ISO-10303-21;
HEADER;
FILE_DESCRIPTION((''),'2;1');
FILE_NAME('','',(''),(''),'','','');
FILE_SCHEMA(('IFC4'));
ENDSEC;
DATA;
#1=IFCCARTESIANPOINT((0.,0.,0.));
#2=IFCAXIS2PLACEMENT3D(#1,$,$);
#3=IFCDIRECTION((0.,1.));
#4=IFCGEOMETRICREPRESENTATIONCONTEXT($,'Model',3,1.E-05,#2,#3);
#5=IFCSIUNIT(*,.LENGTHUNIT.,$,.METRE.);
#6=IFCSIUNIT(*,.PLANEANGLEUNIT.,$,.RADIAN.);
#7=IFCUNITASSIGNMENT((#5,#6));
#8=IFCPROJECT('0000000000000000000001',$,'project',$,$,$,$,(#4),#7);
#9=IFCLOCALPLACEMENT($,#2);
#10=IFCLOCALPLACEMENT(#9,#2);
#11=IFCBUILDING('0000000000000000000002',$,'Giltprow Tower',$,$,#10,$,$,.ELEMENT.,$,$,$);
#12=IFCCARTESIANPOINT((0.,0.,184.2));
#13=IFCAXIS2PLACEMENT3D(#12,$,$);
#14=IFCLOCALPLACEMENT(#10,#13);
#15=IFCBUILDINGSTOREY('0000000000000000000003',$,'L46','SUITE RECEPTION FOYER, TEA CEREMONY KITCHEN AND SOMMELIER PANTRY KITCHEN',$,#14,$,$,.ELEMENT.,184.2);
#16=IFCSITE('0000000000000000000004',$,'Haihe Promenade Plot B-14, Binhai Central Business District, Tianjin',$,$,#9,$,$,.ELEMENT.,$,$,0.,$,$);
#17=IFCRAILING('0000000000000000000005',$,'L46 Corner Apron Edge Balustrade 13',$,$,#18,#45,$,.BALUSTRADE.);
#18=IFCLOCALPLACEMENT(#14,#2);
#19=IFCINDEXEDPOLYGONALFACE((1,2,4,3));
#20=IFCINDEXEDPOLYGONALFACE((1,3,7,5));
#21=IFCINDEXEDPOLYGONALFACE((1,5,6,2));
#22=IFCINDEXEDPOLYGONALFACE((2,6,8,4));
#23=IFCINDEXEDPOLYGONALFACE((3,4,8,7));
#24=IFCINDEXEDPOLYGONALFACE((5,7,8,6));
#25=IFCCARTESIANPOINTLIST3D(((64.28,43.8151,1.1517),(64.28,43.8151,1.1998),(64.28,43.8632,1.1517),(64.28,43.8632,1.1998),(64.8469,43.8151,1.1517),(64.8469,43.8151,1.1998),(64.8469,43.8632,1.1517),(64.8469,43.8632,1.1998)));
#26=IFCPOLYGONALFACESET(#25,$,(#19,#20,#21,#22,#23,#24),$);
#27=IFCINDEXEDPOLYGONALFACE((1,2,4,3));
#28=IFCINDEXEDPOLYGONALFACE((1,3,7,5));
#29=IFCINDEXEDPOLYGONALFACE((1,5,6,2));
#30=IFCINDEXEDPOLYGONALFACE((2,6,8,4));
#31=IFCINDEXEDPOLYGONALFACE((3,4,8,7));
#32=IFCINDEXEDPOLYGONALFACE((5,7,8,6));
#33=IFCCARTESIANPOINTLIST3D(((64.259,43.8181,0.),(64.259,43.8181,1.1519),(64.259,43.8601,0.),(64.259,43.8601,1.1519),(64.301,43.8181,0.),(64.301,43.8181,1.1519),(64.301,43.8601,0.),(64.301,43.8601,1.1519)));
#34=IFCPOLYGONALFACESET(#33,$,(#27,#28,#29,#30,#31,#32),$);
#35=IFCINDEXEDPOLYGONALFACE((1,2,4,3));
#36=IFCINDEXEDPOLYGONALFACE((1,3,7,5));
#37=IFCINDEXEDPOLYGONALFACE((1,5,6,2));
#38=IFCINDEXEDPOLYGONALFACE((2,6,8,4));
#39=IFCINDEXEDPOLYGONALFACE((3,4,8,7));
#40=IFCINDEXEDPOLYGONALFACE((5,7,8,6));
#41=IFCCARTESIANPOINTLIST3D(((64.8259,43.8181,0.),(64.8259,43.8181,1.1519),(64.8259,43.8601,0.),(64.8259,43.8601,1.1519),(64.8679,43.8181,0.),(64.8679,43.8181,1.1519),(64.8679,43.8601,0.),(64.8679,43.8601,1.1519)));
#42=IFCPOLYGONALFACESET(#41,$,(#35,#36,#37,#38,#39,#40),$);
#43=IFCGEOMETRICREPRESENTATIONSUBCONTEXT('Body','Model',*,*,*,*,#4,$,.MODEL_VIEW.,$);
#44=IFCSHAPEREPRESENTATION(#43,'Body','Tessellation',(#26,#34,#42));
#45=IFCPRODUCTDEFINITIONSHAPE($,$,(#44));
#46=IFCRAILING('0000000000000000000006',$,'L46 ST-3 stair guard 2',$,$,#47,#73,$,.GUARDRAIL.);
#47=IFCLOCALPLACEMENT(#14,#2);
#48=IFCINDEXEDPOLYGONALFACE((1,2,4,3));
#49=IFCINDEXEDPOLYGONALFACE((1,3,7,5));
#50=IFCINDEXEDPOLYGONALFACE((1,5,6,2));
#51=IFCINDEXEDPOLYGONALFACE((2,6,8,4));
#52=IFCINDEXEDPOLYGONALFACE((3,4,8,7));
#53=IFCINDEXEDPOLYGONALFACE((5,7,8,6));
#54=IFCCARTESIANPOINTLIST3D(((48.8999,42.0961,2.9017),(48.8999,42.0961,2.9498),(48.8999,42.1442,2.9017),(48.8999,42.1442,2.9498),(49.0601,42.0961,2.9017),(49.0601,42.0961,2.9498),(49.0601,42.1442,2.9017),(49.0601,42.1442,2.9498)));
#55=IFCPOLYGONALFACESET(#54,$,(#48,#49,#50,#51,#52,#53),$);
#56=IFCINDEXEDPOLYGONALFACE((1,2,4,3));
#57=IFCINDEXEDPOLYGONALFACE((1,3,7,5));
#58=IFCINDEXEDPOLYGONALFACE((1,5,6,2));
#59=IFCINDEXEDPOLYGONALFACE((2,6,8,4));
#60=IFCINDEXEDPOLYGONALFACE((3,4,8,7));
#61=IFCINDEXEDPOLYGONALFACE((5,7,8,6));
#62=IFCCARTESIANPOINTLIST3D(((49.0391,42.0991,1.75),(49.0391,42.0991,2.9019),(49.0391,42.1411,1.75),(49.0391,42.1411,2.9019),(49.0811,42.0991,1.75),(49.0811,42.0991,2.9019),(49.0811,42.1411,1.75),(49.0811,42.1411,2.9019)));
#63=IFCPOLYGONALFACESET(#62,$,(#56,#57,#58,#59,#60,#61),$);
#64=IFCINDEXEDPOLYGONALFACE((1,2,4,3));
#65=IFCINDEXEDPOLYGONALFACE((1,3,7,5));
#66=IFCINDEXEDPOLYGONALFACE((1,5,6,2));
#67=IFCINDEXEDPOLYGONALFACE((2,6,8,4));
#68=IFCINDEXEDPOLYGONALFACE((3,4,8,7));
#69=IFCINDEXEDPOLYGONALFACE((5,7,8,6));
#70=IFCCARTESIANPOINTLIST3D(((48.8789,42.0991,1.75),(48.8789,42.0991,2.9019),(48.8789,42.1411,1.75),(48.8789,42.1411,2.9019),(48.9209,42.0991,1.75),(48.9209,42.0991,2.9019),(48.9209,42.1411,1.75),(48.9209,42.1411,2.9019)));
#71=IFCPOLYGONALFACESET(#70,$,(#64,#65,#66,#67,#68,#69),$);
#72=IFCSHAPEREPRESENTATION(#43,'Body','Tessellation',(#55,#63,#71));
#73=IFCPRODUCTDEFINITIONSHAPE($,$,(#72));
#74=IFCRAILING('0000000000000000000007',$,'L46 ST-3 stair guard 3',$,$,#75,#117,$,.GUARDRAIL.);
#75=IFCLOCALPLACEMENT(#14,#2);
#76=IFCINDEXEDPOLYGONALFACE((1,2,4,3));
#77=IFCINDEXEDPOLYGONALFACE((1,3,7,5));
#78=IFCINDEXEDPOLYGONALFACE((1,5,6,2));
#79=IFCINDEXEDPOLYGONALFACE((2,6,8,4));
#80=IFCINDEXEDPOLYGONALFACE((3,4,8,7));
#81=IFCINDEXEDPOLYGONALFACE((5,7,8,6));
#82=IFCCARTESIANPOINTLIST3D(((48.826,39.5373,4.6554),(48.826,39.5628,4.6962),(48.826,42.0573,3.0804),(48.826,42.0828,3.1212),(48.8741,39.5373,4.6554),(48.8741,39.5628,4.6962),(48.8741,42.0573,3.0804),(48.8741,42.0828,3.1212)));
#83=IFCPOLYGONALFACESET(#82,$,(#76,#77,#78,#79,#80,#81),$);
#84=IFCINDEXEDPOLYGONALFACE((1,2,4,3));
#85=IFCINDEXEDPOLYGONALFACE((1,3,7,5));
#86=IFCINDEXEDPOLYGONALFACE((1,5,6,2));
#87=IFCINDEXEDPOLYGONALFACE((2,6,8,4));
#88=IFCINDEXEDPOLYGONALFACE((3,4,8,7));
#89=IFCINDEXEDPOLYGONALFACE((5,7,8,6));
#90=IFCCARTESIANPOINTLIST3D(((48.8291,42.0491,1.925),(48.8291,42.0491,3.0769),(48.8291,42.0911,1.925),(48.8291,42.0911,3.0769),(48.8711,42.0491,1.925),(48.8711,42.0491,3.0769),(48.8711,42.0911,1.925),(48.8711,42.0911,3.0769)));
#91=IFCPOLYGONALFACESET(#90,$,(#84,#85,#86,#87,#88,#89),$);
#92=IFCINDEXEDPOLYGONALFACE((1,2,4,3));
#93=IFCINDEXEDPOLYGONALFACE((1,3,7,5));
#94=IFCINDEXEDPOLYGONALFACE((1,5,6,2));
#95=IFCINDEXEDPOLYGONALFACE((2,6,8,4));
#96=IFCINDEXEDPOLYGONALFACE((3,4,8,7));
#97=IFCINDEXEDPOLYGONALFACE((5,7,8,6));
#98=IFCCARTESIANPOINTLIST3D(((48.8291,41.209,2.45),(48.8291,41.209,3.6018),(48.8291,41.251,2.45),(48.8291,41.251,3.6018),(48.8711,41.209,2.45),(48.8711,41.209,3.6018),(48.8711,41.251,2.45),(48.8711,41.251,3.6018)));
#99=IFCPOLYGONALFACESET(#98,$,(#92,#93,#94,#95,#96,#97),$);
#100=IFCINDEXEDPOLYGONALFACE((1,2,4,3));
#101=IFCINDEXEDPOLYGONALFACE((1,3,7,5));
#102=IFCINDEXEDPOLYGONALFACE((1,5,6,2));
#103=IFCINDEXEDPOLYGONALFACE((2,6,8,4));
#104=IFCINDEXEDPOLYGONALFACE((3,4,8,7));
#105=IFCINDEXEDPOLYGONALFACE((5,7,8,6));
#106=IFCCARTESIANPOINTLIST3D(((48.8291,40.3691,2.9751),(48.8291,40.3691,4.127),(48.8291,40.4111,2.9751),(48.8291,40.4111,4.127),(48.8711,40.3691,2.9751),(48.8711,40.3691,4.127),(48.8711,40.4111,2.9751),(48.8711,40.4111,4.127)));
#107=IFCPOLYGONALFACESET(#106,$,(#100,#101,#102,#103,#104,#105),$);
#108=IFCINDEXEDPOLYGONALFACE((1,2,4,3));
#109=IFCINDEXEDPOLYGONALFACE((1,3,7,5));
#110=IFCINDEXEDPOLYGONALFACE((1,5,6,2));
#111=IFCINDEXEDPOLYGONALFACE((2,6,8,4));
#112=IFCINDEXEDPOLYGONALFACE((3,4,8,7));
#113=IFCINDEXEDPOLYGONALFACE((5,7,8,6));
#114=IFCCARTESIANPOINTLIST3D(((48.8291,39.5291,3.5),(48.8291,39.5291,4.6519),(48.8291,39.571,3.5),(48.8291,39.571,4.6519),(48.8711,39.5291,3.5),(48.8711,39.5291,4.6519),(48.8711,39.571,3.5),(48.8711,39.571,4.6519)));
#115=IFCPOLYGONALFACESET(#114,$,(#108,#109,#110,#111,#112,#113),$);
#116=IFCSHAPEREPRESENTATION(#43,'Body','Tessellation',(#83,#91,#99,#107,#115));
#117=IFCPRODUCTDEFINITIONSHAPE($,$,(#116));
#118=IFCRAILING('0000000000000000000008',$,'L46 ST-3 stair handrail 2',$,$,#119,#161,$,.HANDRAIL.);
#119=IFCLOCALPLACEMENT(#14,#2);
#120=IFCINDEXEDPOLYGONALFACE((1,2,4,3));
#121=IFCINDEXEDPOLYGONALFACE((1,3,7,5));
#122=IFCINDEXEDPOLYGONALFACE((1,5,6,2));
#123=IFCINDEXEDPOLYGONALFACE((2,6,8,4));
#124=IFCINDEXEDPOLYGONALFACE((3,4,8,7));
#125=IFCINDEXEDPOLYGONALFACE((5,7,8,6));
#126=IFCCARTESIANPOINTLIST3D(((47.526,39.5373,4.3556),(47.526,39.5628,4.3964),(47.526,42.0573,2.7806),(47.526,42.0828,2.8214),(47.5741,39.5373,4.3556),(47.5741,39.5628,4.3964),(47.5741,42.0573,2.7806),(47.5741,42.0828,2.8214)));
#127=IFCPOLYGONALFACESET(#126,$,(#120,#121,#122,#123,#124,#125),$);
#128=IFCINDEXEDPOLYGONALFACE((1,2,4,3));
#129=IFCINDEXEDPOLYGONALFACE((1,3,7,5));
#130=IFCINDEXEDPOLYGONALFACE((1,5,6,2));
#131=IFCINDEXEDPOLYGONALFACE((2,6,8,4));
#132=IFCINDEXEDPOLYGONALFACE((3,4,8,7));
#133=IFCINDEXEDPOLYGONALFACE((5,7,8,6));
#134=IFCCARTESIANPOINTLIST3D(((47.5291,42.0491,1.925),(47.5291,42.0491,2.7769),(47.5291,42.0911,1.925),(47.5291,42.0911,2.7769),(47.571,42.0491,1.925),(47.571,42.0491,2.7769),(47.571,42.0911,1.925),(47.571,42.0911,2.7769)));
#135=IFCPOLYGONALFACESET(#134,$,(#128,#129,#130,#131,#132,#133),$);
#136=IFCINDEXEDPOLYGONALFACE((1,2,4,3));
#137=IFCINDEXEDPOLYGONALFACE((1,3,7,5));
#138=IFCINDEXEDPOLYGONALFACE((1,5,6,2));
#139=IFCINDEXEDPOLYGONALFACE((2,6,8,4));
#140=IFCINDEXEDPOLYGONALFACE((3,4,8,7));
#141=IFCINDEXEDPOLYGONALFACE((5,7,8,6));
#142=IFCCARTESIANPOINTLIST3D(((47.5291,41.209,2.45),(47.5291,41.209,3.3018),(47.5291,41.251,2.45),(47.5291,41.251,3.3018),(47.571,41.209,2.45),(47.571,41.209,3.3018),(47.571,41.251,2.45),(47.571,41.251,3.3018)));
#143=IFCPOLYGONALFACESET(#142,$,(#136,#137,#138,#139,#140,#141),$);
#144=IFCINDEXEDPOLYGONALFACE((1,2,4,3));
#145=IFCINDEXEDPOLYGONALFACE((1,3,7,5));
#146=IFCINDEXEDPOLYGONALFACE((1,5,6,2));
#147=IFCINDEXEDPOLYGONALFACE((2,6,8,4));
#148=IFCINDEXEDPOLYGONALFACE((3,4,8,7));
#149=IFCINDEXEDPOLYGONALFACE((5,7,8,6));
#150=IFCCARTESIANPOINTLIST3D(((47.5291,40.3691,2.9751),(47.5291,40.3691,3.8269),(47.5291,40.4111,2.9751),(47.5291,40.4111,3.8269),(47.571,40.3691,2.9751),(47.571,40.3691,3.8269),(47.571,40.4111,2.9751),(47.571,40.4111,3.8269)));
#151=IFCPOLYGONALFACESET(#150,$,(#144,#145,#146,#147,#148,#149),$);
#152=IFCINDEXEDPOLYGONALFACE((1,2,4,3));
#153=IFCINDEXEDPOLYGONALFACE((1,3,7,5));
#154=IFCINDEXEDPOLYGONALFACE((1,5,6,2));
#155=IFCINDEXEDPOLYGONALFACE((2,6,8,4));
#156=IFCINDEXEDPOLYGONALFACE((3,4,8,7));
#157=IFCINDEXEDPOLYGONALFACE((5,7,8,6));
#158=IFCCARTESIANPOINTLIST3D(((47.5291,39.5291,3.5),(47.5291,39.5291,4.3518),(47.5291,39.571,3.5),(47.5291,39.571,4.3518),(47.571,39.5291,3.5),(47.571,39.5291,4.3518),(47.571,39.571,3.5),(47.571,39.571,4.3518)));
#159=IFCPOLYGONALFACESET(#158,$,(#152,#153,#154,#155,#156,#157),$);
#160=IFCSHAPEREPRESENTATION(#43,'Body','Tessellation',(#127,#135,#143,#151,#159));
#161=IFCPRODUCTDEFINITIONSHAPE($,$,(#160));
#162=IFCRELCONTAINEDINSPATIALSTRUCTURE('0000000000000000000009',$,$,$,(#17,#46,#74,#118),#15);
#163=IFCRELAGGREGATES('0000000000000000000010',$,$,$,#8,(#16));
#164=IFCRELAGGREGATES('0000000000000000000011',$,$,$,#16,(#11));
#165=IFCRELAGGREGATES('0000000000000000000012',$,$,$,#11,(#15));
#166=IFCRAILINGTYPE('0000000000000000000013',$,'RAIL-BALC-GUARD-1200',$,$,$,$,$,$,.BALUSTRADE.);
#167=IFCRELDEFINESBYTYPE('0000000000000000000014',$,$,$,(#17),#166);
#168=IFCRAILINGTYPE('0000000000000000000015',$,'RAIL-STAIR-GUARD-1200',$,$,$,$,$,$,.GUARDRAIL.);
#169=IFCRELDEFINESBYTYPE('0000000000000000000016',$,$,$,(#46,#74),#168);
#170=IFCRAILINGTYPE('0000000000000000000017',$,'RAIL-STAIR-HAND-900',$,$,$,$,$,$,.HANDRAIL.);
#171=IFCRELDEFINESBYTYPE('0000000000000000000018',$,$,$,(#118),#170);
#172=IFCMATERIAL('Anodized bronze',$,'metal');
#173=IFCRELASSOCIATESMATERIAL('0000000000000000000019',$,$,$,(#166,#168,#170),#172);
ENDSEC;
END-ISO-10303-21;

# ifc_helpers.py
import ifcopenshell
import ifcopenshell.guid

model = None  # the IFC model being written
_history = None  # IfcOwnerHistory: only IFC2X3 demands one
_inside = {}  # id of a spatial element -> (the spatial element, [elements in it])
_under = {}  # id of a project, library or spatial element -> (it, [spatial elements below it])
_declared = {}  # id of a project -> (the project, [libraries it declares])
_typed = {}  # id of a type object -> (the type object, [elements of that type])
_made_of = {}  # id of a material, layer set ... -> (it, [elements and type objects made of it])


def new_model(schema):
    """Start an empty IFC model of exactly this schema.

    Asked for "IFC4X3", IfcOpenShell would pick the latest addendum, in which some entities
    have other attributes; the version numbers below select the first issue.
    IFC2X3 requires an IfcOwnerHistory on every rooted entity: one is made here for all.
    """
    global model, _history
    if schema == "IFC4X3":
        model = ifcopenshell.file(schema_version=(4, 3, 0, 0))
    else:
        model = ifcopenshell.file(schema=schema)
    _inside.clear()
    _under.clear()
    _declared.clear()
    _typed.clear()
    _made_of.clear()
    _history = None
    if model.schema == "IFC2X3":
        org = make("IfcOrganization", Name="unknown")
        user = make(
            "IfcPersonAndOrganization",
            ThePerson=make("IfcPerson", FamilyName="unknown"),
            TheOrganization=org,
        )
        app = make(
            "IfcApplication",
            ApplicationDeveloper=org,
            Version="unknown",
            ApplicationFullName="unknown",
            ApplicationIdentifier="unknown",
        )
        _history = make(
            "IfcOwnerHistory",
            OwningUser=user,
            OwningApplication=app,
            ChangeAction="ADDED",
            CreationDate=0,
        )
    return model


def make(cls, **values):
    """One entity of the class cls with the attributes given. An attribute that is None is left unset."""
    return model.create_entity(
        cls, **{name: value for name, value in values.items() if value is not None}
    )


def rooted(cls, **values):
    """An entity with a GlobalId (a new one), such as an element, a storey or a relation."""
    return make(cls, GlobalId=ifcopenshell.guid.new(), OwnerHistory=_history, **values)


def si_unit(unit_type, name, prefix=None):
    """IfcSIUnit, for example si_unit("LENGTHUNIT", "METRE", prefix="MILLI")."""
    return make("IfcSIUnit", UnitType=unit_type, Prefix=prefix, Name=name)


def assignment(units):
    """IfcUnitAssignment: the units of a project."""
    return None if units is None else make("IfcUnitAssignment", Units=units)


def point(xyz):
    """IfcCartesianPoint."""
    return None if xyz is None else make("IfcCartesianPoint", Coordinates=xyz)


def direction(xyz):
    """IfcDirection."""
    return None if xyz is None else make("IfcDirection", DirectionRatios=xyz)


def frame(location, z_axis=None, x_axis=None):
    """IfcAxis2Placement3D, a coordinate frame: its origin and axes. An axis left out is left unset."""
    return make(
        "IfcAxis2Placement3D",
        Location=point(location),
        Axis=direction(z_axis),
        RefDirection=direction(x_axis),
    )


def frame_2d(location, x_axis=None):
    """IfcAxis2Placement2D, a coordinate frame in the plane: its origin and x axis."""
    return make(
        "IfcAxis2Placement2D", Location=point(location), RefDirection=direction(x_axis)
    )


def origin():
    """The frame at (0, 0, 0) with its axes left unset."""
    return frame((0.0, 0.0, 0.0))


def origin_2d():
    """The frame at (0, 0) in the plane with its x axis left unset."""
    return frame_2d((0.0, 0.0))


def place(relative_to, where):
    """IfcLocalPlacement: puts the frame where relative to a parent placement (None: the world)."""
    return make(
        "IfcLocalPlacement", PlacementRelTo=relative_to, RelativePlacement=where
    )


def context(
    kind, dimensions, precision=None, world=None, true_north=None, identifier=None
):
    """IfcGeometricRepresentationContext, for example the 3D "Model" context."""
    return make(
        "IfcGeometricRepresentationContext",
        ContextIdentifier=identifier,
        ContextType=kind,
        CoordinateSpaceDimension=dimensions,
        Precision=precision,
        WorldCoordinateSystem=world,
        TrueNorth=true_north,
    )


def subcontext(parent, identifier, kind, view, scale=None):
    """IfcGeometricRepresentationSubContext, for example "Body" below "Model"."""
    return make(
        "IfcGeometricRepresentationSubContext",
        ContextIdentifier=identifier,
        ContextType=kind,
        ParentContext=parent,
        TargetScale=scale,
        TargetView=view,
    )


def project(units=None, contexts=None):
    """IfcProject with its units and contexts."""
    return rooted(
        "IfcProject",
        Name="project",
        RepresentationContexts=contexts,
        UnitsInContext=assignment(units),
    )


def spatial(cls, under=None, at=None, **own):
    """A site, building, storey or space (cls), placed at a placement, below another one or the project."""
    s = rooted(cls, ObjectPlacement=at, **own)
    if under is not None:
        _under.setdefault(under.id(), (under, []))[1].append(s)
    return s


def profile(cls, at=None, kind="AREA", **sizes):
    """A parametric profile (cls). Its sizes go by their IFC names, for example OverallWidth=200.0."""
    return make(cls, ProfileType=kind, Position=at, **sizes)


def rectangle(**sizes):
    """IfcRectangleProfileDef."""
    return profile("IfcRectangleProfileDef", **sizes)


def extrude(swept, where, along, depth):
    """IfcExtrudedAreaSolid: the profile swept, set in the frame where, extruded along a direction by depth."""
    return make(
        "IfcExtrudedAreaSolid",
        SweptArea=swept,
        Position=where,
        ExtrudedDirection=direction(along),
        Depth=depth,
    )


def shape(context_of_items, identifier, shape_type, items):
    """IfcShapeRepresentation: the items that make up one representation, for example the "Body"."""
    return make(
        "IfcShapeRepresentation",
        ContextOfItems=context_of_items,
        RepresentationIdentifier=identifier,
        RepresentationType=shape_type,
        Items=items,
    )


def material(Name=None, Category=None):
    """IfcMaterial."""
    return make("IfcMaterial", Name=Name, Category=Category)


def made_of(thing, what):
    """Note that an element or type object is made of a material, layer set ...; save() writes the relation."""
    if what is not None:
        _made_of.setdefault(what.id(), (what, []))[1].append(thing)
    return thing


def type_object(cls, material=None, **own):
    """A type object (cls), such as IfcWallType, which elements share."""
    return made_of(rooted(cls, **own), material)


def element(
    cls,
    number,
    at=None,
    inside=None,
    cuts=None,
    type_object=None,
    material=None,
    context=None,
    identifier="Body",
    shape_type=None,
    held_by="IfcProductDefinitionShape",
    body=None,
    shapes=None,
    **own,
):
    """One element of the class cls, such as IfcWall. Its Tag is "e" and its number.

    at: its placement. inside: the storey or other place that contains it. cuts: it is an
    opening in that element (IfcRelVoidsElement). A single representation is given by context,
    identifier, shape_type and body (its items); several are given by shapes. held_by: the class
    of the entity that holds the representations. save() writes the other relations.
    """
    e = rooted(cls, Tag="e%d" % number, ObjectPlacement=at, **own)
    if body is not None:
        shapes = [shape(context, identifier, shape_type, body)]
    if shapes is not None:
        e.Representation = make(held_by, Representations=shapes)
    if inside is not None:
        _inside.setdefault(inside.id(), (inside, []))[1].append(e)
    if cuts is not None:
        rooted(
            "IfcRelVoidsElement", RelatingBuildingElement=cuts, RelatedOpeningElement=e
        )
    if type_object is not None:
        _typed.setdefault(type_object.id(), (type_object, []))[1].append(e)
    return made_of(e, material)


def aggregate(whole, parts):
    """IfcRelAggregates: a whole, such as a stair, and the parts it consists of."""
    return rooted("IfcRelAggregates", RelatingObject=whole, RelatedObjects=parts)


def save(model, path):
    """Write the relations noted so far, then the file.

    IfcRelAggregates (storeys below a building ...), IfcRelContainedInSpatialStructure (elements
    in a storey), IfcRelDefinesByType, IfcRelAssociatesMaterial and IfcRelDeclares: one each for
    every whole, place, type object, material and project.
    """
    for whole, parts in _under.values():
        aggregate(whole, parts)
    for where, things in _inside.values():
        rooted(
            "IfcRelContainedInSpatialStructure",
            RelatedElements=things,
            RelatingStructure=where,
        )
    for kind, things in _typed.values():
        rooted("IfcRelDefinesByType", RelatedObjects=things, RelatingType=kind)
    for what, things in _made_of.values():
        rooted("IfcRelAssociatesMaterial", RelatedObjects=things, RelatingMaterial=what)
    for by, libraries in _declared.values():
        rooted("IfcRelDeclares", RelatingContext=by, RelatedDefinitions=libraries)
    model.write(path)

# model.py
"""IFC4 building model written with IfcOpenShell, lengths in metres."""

from ifc_helpers import new_model, si_unit, direction, frame, origin, origin_2d, place, context, subcontext, project, spatial, rectangle, extrude, material, type_object, element, save


model = new_model("IFC4")

# Units and contexts
model_context = context("Model", 3, precision=1e-05, world=origin(), true_north=direction((0.0, 1.0)))
body_context = subcontext(model_context, "Body", "Model", "MODEL_VIEW")
ifc_project = project(units=[si_unit("LENGTHUNIT", "METRE"), si_unit("PLANEANGLEUNIT", "RADIAN")], contexts=[model_context])

# Site, building, storey
site_placement = place(None, origin())
site = spatial("IfcSite", under=ifc_project, at=site_placement, Name="Haihe Promenade Plot B-14, Binhai Central Business District, Tianjin", CompositionType="ELEMENT", RefElevation=0.0)
building_placement = place(site_placement, origin())
building = spatial("IfcBuilding", under=site, at=building_placement, Name="Giltprow Tower", CompositionType="ELEMENT")
storey_placement = place(building_placement, frame((0.0, 0.0, 184.2)))
storey = spatial("IfcBuildingStorey", under=building, at=storey_placement, Name="L46", Description="SUITE RECEPTION FOYER, TEA CEREMONY KITCHEN AND SOMMELIER PANTRY KITCHEN", CompositionType="ELEMENT", Elevation=184.2)

# Railings
ifc_material_1 = material(Name="Anodized bronze", Category="metal")
railing_type_1 = type_object("IfcRailingType", Name="RAIL-BALC-GUARD-1200", PredefinedType="BALUSTRADE", material=ifc_material_1)
railing_1_placement = place(storey_placement, frame((64.28, 43.8391, 0.0)))
element("IfcRailing", 1, at=railing_1_placement, inside=storey, type_object=railing_type_1, Name="L46 Corner Apron Edge Balustrade 13", PredefinedType="BALUSTRADE", context=body_context, shape_type="SweptSolid", body=[
    extrude(rectangle(XDim=0.0481, YDim=0.0481, at=origin_2d()), frame((0.0, 0.0, 1.1758), z_axis=(1.0, 0.0, 0.0), x_axis=(0.0, 1.0, 0.0)), (0.0, 0.0, 1.0), 0.5669),
    extrude(rectangle(XDim=0.042, YDim=0.042, at=origin_2d()), origin(), (0.0, 0.0, 1.0), 1.1519),
    extrude(rectangle(XDim=0.042, YDim=0.042, at=origin_2d()), frame((0.5669, 0.0, 0.0)), (0.0, 0.0, 1.0), 1.1519),
])
railing_type_2 = type_object("IfcRailingType", Name="RAIL-STAIR-GUARD-1200", PredefinedType="GUARDRAIL", material=ifc_material_1)
railing_2_placement = place(storey_placement, frame((49.0601, 42.1201, 1.75)))
element("IfcRailing", 2, at=railing_2_placement, inside=storey, type_object=railing_type_2, Name="L46 ST-3 stair guard 2", PredefinedType="GUARDRAIL", context=body_context, shape_type="SweptSolid", body=[
    extrude(rectangle(XDim=0.0481, YDim=0.0481, at=origin_2d()), frame((0.0, 0.0, 1.1758), z_axis=(-1.0, 0.0, 0.0), x_axis=(0.0, -1.0, 0.0)), (0.0, 0.0, 1.0), 0.1602),
    extrude(rectangle(XDim=0.042, YDim=0.042, at=origin_2d()), origin(), (0.0, 0.0, 1.0), 1.1519),
    extrude(rectangle(XDim=0.042, YDim=0.042, at=origin_2d()), frame((-0.1602, 0.0, 0.0)), (0.0, 0.0, 1.0), 1.1519),
])
railing_3_placement = place(storey_placement, frame((48.8501, 42.0701, 1.925)))
element("IfcRailing", 3, at=railing_3_placement, inside=storey, type_object=railing_type_2, Name="L46 ST-3 stair guard 3", PredefinedType="GUARDRAIL", context=body_context, shape_type="SweptSolid", body=[
    extrude(rectangle(XDim=0.0481, YDim=0.0481, at=origin_2d()), frame((0.0, 0.0, 1.1758), z_axis=(0.0, -0.848008, 0.529984), x_axis=(1.0, 0.0, 0.0)), (0.0, 0.0, 1.0), 2.9717),
    extrude(rectangle(XDim=0.042, YDim=0.042, at=origin_2d()), origin(), (0.0, 0.0, 1.0), 1.1519),
    extrude(rectangle(XDim=0.042, YDim=0.042, at=origin_2d()), frame((0.0, -0.8401, 0.5249)), (0.0, 0.0, 1.0), 1.1519),
    extrude(rectangle(XDim=0.042, YDim=0.042, at=origin_2d()), frame((0.0, -1.6799, 1.05)), (0.0, 0.0, 1.0), 1.1519),
    extrude(rectangle(XDim=0.042, YDim=0.042, at=origin_2d()), frame((0.0, -2.52, 1.575)), (0.0, 0.0, 1.0), 1.1519),
])
railing_type_3 = type_object("IfcRailingType", Name="RAIL-STAIR-HAND-900", PredefinedType="HANDRAIL", material=ifc_material_1)
railing_4_placement = place(storey_placement, frame((47.55, 42.0701, 1.925)))
element("IfcRailing", 4, at=railing_4_placement, inside=storey, type_object=railing_type_3, Name="L46 ST-3 stair handrail 2", PredefinedType="HANDRAIL", context=body_context, shape_type="SweptSolid", body=[
    extrude(rectangle(XDim=0.0481, YDim=0.0481, at=origin_2d()), frame((0.0, 0.0, 0.876), z_axis=(0.0, -0.848008, 0.529984), x_axis=(1.0, 0.0, 0.0)), (0.0, 0.0, 1.0), 2.9717),
    extrude(rectangle(XDim=0.042, YDim=0.042, at=origin_2d()), origin(), (0.0, 0.0, 1.0), 0.8518),
    extrude(rectangle(XDim=0.042, YDim=0.042, at=origin_2d()), frame((0.0, -0.8401, 0.5249)), (0.0, 0.0, 1.0), 0.8518),
    extrude(rectangle(XDim=0.042, YDim=0.042, at=origin_2d()), frame((0.0, -1.6799, 1.05)), (0.0, 0.0, 1.0), 0.8518),
    extrude(rectangle(XDim=0.042, YDim=0.042, at=origin_2d()), frame((0.0, -2.52, 1.575)), (0.0, 0.0, 1.0), 0.8518),
])

save(model, "model.ifc")
